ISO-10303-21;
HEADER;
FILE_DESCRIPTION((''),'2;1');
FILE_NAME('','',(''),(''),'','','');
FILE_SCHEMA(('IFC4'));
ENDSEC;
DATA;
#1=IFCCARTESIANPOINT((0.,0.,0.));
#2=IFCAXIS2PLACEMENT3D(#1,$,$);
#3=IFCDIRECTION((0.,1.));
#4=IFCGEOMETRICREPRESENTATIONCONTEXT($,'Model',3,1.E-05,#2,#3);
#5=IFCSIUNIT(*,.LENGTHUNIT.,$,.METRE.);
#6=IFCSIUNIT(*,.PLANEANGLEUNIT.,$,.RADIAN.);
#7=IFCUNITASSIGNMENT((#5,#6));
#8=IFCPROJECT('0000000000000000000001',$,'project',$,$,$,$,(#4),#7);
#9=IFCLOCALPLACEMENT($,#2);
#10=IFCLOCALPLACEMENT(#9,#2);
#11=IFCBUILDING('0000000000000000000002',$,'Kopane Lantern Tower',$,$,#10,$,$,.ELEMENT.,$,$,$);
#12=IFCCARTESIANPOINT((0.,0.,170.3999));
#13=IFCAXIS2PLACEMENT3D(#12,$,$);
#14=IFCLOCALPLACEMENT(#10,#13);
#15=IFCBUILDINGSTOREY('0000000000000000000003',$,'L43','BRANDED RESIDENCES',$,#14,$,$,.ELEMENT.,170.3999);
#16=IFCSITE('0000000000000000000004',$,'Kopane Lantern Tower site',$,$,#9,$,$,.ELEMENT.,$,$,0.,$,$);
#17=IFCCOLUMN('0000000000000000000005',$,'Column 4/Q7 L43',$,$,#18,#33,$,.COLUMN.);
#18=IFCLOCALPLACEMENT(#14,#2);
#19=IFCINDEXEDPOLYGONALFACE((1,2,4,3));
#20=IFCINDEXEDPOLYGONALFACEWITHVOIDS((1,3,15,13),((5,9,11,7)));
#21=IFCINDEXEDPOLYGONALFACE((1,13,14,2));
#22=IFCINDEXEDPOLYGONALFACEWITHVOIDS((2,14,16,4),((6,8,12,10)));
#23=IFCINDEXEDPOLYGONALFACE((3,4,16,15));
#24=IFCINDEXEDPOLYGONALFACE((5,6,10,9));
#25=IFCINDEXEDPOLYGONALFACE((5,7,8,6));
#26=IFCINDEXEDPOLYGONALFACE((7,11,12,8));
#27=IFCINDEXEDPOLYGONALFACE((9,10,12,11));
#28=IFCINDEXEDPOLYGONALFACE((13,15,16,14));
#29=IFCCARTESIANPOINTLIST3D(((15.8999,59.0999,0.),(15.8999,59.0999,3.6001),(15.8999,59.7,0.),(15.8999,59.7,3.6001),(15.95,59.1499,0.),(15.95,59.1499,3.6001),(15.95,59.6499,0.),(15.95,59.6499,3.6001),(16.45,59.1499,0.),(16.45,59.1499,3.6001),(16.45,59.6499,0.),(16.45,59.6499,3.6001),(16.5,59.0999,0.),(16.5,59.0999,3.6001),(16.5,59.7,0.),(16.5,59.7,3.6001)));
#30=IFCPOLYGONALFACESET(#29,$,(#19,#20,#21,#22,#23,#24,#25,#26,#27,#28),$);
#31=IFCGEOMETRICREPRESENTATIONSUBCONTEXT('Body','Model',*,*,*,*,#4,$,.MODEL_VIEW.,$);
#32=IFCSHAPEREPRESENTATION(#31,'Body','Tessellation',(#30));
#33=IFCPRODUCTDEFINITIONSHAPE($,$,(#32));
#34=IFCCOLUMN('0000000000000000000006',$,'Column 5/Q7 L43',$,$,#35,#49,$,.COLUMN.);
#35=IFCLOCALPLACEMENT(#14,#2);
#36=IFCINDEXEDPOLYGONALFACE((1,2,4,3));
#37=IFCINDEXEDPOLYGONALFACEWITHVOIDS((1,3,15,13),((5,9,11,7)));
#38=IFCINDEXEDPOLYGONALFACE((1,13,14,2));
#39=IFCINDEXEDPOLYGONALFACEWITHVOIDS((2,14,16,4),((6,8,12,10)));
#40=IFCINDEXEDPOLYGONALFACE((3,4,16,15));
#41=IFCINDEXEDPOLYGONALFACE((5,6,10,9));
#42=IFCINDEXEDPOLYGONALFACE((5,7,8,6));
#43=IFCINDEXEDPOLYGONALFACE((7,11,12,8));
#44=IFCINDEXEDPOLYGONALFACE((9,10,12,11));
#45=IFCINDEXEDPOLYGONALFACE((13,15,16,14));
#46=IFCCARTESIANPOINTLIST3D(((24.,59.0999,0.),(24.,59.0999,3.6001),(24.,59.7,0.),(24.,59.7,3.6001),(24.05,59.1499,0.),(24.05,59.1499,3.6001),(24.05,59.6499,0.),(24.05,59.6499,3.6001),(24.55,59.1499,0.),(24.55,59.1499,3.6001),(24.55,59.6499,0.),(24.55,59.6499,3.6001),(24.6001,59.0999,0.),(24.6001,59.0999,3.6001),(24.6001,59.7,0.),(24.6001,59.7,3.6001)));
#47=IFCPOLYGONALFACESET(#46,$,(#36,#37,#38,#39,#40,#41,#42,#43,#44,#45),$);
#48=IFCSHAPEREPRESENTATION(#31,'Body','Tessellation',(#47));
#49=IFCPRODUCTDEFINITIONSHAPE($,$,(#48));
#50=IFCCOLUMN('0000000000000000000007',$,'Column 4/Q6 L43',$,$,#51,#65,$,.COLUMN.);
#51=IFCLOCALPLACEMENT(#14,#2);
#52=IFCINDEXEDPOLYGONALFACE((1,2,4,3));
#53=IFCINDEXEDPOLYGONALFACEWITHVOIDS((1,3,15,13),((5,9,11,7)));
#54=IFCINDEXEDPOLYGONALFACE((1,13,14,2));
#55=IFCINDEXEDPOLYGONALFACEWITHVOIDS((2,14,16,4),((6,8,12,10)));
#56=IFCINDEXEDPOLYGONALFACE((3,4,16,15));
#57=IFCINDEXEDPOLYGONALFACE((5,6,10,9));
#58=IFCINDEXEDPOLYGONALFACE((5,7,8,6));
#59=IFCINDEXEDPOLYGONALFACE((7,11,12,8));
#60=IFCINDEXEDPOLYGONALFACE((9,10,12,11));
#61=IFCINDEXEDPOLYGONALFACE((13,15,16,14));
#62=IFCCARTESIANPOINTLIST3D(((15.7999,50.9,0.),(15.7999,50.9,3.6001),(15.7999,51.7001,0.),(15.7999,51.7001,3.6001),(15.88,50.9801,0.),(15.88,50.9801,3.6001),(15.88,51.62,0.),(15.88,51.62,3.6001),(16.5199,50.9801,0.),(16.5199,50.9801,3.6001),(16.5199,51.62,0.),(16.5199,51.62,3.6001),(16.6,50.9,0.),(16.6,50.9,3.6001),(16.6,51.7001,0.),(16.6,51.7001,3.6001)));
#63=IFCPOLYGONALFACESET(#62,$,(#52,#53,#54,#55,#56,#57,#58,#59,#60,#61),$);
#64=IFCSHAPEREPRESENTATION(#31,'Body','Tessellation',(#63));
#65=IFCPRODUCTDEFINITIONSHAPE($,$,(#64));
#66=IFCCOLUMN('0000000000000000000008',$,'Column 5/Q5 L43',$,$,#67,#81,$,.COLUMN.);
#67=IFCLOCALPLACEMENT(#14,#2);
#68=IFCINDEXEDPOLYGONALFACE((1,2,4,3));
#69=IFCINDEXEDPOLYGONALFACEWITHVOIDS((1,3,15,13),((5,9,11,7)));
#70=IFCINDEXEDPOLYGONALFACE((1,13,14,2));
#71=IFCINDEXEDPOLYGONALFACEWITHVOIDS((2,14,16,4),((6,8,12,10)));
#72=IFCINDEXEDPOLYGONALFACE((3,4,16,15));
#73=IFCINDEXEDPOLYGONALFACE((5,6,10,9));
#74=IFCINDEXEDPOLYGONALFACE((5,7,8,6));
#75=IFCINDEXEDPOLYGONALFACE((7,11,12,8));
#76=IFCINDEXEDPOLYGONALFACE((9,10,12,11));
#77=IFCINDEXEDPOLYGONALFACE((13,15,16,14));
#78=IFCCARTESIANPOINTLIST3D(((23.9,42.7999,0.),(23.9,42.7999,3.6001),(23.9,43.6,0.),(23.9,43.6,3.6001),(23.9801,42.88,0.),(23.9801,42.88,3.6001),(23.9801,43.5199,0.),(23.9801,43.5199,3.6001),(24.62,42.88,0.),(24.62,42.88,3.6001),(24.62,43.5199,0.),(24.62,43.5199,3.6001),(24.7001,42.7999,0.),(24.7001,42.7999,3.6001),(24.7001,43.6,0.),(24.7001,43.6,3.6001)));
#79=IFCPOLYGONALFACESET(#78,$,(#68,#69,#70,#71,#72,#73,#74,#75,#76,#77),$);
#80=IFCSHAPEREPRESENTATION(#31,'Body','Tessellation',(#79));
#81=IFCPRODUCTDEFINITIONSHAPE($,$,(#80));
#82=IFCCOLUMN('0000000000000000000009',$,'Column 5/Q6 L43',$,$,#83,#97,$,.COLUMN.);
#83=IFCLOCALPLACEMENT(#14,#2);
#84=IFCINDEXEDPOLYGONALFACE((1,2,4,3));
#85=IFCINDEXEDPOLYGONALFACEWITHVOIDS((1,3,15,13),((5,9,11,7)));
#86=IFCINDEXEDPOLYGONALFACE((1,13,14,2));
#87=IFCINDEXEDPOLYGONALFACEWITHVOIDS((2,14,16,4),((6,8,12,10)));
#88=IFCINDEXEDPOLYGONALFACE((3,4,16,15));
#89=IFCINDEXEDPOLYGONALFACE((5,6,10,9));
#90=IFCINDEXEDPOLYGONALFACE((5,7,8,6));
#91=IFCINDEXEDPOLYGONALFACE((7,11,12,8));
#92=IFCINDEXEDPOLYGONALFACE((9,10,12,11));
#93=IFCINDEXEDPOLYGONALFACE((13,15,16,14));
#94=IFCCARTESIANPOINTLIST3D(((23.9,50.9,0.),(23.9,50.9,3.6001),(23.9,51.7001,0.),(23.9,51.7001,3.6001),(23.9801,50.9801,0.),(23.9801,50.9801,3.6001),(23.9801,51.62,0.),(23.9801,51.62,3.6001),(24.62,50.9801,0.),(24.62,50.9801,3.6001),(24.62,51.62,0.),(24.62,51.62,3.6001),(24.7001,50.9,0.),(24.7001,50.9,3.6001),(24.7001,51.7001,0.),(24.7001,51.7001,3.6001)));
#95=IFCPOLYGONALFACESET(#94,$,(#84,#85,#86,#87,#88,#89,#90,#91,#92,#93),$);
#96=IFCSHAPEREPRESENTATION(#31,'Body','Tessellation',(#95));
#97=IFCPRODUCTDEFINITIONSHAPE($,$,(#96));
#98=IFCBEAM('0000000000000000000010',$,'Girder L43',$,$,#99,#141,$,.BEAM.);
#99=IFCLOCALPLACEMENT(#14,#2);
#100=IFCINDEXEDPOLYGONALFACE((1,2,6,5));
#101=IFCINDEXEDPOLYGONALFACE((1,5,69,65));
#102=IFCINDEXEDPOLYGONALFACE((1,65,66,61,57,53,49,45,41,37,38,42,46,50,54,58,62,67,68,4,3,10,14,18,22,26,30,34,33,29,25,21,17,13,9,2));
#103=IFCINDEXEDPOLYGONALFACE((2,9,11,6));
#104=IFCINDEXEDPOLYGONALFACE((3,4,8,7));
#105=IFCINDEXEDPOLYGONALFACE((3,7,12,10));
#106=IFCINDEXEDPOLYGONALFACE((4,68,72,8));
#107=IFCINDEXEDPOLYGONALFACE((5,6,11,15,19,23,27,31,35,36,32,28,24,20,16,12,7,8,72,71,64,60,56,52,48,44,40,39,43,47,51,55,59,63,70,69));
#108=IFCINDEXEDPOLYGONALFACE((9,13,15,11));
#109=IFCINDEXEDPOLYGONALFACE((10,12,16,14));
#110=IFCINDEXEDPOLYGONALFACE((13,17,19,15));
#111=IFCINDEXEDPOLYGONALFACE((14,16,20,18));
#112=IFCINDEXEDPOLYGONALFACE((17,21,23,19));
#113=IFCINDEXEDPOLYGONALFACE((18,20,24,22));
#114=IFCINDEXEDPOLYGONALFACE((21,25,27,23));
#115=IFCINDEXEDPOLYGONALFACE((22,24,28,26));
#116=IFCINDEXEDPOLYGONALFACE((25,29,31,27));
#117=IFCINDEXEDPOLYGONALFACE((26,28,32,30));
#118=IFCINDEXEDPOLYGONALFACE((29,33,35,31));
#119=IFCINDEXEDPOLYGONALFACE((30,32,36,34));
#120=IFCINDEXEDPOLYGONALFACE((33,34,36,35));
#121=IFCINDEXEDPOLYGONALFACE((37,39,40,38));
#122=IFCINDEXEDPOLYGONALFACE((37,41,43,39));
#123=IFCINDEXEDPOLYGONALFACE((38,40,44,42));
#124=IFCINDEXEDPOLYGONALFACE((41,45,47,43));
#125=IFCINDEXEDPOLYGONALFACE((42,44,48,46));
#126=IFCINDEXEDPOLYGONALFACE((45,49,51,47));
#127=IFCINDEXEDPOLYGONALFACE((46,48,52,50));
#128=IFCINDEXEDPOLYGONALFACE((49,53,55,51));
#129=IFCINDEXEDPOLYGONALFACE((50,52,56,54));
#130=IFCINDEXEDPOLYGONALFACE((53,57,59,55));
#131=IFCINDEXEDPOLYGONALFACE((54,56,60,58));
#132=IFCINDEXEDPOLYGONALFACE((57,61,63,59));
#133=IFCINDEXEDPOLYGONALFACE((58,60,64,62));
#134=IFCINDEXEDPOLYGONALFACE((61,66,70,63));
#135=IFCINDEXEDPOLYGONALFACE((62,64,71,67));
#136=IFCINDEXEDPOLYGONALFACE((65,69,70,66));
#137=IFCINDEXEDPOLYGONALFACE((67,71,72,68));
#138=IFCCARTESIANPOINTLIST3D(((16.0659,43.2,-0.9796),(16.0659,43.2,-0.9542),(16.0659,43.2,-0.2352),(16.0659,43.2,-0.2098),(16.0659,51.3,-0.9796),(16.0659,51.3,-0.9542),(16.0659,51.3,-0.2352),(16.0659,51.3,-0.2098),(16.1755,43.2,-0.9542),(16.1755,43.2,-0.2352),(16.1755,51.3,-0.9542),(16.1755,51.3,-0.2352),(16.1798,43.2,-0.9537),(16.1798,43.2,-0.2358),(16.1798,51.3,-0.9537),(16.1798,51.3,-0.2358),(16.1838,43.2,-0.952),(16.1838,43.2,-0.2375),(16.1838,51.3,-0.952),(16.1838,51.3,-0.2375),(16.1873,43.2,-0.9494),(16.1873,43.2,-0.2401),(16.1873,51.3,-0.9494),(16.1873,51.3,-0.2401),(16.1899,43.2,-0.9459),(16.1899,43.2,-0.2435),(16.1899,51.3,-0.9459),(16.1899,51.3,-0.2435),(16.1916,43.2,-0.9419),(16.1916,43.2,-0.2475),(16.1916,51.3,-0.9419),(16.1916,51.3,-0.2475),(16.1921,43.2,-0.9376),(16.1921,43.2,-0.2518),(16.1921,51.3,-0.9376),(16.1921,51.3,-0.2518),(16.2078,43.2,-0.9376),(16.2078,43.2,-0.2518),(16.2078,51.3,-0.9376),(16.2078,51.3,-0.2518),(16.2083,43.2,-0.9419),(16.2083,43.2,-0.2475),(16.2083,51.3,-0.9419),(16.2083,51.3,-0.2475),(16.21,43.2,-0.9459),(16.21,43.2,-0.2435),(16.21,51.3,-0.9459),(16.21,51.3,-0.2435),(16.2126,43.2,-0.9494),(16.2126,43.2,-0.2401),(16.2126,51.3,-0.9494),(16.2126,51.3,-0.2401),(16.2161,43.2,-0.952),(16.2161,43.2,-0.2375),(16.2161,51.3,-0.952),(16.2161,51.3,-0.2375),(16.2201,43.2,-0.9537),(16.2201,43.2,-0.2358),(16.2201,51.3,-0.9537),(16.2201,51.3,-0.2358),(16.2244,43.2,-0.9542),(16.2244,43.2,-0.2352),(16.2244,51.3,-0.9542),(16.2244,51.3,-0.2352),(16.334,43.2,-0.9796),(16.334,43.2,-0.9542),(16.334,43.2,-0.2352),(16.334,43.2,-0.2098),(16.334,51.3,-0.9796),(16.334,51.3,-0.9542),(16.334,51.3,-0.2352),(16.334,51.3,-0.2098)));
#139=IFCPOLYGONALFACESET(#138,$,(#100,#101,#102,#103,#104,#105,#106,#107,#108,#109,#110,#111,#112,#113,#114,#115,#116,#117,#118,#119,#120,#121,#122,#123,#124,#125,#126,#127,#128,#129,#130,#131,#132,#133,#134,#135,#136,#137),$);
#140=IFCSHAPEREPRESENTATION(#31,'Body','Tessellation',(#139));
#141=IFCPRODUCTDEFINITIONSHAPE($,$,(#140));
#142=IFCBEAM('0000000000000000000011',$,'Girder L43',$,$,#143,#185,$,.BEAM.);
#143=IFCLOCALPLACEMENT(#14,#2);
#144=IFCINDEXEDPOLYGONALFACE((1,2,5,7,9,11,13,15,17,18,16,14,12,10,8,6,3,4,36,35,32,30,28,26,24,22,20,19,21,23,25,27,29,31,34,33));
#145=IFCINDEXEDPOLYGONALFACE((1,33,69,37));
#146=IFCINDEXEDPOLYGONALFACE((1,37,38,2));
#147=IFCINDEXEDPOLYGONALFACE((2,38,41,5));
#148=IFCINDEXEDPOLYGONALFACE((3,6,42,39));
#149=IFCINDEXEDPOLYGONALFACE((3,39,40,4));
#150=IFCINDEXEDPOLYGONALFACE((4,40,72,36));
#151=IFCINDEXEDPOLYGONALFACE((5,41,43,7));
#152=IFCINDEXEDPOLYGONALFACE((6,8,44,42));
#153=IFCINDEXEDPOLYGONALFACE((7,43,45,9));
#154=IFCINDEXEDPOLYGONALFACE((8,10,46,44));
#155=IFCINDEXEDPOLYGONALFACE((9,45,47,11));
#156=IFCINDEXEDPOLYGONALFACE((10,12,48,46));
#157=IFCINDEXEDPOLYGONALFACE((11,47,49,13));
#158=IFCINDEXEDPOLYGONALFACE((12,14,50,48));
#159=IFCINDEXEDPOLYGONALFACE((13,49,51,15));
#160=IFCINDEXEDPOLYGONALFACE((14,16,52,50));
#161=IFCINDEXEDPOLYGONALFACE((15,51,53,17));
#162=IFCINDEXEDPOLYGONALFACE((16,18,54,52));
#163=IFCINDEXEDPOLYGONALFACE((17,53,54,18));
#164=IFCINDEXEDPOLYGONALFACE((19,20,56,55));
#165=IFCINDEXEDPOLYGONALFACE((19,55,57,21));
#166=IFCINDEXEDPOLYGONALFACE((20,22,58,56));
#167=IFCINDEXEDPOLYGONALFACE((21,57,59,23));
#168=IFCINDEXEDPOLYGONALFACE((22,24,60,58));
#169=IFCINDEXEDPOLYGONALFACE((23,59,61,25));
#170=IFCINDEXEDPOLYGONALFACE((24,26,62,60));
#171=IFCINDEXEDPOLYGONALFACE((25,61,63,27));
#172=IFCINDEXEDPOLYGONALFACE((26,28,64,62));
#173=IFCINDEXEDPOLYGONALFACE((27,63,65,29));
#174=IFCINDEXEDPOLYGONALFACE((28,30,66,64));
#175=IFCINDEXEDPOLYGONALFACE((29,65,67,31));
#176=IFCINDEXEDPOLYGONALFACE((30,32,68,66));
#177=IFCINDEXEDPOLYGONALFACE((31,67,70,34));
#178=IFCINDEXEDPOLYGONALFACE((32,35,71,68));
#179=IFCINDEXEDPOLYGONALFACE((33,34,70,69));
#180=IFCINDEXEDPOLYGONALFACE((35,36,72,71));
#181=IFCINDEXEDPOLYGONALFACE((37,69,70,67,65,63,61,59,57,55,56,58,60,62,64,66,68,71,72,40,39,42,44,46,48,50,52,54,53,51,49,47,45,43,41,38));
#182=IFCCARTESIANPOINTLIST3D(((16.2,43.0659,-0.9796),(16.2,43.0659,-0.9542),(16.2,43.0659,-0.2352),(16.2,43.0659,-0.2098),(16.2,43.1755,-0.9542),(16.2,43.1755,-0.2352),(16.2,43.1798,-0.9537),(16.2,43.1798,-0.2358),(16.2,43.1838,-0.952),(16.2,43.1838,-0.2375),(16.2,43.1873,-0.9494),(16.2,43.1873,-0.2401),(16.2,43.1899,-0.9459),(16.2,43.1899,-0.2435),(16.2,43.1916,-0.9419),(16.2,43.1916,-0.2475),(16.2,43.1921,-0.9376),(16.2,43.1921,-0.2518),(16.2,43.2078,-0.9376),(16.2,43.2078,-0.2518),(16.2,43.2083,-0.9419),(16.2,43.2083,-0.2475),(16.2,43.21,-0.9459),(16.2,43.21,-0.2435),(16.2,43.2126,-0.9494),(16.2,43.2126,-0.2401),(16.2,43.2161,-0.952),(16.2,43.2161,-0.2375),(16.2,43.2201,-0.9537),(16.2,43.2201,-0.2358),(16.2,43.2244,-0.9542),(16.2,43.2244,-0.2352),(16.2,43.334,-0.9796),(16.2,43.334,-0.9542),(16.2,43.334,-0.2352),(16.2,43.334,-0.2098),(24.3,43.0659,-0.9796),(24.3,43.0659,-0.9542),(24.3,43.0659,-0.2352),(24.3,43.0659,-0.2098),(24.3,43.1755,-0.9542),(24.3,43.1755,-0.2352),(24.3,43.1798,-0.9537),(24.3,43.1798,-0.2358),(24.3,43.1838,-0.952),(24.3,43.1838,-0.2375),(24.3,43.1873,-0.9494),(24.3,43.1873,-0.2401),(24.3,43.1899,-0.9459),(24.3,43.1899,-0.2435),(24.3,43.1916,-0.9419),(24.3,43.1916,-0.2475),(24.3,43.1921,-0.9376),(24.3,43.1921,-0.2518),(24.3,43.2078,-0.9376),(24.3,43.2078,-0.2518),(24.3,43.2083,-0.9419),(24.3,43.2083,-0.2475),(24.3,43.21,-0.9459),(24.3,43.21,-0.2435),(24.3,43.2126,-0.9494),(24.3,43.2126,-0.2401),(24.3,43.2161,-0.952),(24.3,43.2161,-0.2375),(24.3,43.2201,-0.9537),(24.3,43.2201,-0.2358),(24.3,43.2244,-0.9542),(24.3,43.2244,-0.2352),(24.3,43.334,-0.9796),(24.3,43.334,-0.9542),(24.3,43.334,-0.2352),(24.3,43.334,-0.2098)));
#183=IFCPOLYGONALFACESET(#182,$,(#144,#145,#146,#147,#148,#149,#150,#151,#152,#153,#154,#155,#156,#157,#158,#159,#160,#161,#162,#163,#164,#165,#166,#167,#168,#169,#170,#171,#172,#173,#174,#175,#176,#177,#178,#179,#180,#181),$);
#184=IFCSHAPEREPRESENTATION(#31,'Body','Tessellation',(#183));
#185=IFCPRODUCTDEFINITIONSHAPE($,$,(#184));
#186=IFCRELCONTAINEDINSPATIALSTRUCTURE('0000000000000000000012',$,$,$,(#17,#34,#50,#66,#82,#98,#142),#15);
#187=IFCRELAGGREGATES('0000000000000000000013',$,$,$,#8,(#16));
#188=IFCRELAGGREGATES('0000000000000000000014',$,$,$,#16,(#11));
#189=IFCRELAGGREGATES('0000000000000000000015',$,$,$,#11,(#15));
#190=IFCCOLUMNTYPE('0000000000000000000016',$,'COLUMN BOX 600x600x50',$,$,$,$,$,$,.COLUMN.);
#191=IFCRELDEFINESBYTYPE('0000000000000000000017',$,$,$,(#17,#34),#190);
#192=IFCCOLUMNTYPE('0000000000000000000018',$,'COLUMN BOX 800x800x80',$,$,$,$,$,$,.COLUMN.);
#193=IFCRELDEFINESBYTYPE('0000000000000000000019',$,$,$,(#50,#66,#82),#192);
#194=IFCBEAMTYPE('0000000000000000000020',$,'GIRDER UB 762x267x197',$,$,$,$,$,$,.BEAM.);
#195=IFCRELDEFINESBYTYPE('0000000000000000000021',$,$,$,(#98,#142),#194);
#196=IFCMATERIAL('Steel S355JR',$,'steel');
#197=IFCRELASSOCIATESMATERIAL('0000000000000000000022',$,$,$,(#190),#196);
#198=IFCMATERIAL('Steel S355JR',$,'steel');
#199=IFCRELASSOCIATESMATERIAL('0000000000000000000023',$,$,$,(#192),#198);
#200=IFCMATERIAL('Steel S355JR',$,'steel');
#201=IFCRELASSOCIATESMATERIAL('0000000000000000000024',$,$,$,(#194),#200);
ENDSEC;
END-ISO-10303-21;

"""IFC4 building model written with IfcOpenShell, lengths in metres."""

from ifc_helpers import new_model, si_unit, direction, frame, origin, origin_2d, place, context, subcontext, project, spatial, hollow_rectangle, i_section, extrude, material, material_profile, profile_set, type_object, element, save


model = new_model("IFC4")

# Units and contexts
model_context = context("Model", 3, precision=1e-05, world=origin(), true_north=direction((0.0, 1.0)))
body_context = subcontext(model_context, "Body", "Model", "MODEL_VIEW")
ifc_project = project(units=[si_unit("LENGTHUNIT", "METRE"), si_unit("PLANEANGLEUNIT", "RADIAN")], contexts=[model_context])

# Site, building, storey
site_placement = place(None, origin())
site = spatial("IfcSite", under=ifc_project, at=site_placement, Name="Kopane Lantern Tower site", CompositionType="ELEMENT", RefElevation=0.0)
building_placement = place(site_placement, origin())
building = spatial("IfcBuilding", under=site, at=building_placement, Name="Kopane Lantern Tower", CompositionType="ELEMENT")
storey_placement = place(building_placement, frame((0.0, 0.0, 170.3999)))
storey = spatial("IfcBuildingStorey", under=building, at=storey_placement, Name="L43", Description="BRANDED RESIDENCES", CompositionType="ELEMENT", Elevation=170.3999)

# Columns
ifc_material_1 = material(Name="Steel S355JR", Category="steel")
ifc_material_profile_1 = material_profile(ifc_material_1, hollow_rectangle(XDim=0.6001, YDim=0.6001, WallThickness=0.05, at=origin_2d()), Name="BOX 600x600x50")
ifc_profile_set_1 = profile_set([ifc_material_profile_1], Name="Steel S355JR")
column_type_1 = type_object("IfcColumnType", Name="COLUMN BOX 600x600x50", PredefinedType="COLUMN", material=ifc_profile_set_1)
for number, where, z_axis, x_axis, name in (
    (1, (16.2, 59.3999, 0.0), (0.0, 0.0, 1.0), (1.0, 0.0, 0.0), "Column 4/Q7 L43"),
    (2, (24.3, 59.3999, 0.0), (0.0, 0.0, 1.0), (1.0, 0.0, 0.0), "Column 5/Q7 L43"),
):
    element("IfcColumn", number, at=place(storey_placement, frame(where, z_axis=z_axis, x_axis=x_axis)), inside=storey, type_object=column_type_1, Name=name, PredefinedType="COLUMN", context=body_context, shape_type="SweptSolid", body=[
        extrude(hollow_rectangle(XDim=0.6001, YDim=0.6001, WallThickness=0.05, at=origin_2d()), origin(), (0.0, 0.0, 1.0), 3.6001),
    ])
ifc_material_2 = material(Name="Steel S355JR", Category="steel")
ifc_material_profile_2 = material_profile(ifc_material_2, hollow_rectangle(XDim=0.8, YDim=0.8, WallThickness=0.0801, at=origin_2d()), Name="BOX 800x800x80")
ifc_profile_set_2 = profile_set([ifc_material_profile_2], Name="Steel S355JR")
column_type_2 = type_object("IfcColumnType", Name="COLUMN BOX 800x800x80", PredefinedType="COLUMN", material=ifc_profile_set_2)
for number, where, z_axis, x_axis, name in (
    (3, (16.2, 51.3, 0.0), (0.0, 0.0, 1.0), (1.0, 0.0, 0.0), "Column 4/Q6 L43"),
    (4, (24.3, 43.2, 0.0), (0.0, 0.0, 1.0), (1.0, 0.0, 0.0), "Column 5/Q5 L43"),
    (5, (24.3, 51.3, 0.0), (0.0, 0.0, 1.0), (1.0, 0.0, 0.0), "Column 5/Q6 L43"),
):
    element("IfcColumn", number, at=place(storey_placement, frame(where, z_axis=z_axis, x_axis=x_axis)), inside=storey, type_object=column_type_2, Name=name, PredefinedType="COLUMN", context=body_context, shape_type="SweptSolid", body=[
        extrude(hollow_rectangle(XDim=0.8, YDim=0.8, WallThickness=0.0801, at=origin_2d()), origin(), (0.0, 0.0, 1.0), 3.6001),
    ])

# Beams
ifc_material_3 = material(Name="Steel S355JR", Category="steel")
ifc_material_profile_3 = material_profile(ifc_material_3, i_section(OverallWidth=0.2681, OverallDepth=0.7698, WebThickness=0.0156, FlangeThickness=0.0254, FilletRadius=0.0166, at=origin_2d()), Name="UB 762x267x197")
ifc_profile_set_3 = profile_set([ifc_material_profile_3], Name="Steel S355JR")
beam_type = type_object("IfcBeamType", Name="GIRDER UB 762x267x197", PredefinedType="BEAM", material=ifc_profile_set_3)
for number, where, z_axis, x_axis, name in (
    (6, (16.2, 43.2, -0.5947), (0.0, 1.0, 0.0), (-1.0, 0.0, 0.0), "Girder L43"),
    (7, (16.2, 43.2, -0.5947), (1.0, 0.0, 0.0), (0.0, 1.0, 0.0), "Girder L43"),
):
    element("IfcBeam", number, at=place(storey_placement, frame(where, z_axis=z_axis, x_axis=x_axis)), inside=storey, type_object=beam_type, Name=name, PredefinedType="BEAM", context=body_context, shape_type="SweptSolid", body=[
        extrude(i_section(OverallWidth=0.2681, OverallDepth=0.7698, WebThickness=0.0156, FlangeThickness=0.0254, FilletRadius=0.0166, at=origin_2d()), origin(), (0.0, 0.0, 1.0), 8.1001),
    ])

save(model, "model.ifc")
